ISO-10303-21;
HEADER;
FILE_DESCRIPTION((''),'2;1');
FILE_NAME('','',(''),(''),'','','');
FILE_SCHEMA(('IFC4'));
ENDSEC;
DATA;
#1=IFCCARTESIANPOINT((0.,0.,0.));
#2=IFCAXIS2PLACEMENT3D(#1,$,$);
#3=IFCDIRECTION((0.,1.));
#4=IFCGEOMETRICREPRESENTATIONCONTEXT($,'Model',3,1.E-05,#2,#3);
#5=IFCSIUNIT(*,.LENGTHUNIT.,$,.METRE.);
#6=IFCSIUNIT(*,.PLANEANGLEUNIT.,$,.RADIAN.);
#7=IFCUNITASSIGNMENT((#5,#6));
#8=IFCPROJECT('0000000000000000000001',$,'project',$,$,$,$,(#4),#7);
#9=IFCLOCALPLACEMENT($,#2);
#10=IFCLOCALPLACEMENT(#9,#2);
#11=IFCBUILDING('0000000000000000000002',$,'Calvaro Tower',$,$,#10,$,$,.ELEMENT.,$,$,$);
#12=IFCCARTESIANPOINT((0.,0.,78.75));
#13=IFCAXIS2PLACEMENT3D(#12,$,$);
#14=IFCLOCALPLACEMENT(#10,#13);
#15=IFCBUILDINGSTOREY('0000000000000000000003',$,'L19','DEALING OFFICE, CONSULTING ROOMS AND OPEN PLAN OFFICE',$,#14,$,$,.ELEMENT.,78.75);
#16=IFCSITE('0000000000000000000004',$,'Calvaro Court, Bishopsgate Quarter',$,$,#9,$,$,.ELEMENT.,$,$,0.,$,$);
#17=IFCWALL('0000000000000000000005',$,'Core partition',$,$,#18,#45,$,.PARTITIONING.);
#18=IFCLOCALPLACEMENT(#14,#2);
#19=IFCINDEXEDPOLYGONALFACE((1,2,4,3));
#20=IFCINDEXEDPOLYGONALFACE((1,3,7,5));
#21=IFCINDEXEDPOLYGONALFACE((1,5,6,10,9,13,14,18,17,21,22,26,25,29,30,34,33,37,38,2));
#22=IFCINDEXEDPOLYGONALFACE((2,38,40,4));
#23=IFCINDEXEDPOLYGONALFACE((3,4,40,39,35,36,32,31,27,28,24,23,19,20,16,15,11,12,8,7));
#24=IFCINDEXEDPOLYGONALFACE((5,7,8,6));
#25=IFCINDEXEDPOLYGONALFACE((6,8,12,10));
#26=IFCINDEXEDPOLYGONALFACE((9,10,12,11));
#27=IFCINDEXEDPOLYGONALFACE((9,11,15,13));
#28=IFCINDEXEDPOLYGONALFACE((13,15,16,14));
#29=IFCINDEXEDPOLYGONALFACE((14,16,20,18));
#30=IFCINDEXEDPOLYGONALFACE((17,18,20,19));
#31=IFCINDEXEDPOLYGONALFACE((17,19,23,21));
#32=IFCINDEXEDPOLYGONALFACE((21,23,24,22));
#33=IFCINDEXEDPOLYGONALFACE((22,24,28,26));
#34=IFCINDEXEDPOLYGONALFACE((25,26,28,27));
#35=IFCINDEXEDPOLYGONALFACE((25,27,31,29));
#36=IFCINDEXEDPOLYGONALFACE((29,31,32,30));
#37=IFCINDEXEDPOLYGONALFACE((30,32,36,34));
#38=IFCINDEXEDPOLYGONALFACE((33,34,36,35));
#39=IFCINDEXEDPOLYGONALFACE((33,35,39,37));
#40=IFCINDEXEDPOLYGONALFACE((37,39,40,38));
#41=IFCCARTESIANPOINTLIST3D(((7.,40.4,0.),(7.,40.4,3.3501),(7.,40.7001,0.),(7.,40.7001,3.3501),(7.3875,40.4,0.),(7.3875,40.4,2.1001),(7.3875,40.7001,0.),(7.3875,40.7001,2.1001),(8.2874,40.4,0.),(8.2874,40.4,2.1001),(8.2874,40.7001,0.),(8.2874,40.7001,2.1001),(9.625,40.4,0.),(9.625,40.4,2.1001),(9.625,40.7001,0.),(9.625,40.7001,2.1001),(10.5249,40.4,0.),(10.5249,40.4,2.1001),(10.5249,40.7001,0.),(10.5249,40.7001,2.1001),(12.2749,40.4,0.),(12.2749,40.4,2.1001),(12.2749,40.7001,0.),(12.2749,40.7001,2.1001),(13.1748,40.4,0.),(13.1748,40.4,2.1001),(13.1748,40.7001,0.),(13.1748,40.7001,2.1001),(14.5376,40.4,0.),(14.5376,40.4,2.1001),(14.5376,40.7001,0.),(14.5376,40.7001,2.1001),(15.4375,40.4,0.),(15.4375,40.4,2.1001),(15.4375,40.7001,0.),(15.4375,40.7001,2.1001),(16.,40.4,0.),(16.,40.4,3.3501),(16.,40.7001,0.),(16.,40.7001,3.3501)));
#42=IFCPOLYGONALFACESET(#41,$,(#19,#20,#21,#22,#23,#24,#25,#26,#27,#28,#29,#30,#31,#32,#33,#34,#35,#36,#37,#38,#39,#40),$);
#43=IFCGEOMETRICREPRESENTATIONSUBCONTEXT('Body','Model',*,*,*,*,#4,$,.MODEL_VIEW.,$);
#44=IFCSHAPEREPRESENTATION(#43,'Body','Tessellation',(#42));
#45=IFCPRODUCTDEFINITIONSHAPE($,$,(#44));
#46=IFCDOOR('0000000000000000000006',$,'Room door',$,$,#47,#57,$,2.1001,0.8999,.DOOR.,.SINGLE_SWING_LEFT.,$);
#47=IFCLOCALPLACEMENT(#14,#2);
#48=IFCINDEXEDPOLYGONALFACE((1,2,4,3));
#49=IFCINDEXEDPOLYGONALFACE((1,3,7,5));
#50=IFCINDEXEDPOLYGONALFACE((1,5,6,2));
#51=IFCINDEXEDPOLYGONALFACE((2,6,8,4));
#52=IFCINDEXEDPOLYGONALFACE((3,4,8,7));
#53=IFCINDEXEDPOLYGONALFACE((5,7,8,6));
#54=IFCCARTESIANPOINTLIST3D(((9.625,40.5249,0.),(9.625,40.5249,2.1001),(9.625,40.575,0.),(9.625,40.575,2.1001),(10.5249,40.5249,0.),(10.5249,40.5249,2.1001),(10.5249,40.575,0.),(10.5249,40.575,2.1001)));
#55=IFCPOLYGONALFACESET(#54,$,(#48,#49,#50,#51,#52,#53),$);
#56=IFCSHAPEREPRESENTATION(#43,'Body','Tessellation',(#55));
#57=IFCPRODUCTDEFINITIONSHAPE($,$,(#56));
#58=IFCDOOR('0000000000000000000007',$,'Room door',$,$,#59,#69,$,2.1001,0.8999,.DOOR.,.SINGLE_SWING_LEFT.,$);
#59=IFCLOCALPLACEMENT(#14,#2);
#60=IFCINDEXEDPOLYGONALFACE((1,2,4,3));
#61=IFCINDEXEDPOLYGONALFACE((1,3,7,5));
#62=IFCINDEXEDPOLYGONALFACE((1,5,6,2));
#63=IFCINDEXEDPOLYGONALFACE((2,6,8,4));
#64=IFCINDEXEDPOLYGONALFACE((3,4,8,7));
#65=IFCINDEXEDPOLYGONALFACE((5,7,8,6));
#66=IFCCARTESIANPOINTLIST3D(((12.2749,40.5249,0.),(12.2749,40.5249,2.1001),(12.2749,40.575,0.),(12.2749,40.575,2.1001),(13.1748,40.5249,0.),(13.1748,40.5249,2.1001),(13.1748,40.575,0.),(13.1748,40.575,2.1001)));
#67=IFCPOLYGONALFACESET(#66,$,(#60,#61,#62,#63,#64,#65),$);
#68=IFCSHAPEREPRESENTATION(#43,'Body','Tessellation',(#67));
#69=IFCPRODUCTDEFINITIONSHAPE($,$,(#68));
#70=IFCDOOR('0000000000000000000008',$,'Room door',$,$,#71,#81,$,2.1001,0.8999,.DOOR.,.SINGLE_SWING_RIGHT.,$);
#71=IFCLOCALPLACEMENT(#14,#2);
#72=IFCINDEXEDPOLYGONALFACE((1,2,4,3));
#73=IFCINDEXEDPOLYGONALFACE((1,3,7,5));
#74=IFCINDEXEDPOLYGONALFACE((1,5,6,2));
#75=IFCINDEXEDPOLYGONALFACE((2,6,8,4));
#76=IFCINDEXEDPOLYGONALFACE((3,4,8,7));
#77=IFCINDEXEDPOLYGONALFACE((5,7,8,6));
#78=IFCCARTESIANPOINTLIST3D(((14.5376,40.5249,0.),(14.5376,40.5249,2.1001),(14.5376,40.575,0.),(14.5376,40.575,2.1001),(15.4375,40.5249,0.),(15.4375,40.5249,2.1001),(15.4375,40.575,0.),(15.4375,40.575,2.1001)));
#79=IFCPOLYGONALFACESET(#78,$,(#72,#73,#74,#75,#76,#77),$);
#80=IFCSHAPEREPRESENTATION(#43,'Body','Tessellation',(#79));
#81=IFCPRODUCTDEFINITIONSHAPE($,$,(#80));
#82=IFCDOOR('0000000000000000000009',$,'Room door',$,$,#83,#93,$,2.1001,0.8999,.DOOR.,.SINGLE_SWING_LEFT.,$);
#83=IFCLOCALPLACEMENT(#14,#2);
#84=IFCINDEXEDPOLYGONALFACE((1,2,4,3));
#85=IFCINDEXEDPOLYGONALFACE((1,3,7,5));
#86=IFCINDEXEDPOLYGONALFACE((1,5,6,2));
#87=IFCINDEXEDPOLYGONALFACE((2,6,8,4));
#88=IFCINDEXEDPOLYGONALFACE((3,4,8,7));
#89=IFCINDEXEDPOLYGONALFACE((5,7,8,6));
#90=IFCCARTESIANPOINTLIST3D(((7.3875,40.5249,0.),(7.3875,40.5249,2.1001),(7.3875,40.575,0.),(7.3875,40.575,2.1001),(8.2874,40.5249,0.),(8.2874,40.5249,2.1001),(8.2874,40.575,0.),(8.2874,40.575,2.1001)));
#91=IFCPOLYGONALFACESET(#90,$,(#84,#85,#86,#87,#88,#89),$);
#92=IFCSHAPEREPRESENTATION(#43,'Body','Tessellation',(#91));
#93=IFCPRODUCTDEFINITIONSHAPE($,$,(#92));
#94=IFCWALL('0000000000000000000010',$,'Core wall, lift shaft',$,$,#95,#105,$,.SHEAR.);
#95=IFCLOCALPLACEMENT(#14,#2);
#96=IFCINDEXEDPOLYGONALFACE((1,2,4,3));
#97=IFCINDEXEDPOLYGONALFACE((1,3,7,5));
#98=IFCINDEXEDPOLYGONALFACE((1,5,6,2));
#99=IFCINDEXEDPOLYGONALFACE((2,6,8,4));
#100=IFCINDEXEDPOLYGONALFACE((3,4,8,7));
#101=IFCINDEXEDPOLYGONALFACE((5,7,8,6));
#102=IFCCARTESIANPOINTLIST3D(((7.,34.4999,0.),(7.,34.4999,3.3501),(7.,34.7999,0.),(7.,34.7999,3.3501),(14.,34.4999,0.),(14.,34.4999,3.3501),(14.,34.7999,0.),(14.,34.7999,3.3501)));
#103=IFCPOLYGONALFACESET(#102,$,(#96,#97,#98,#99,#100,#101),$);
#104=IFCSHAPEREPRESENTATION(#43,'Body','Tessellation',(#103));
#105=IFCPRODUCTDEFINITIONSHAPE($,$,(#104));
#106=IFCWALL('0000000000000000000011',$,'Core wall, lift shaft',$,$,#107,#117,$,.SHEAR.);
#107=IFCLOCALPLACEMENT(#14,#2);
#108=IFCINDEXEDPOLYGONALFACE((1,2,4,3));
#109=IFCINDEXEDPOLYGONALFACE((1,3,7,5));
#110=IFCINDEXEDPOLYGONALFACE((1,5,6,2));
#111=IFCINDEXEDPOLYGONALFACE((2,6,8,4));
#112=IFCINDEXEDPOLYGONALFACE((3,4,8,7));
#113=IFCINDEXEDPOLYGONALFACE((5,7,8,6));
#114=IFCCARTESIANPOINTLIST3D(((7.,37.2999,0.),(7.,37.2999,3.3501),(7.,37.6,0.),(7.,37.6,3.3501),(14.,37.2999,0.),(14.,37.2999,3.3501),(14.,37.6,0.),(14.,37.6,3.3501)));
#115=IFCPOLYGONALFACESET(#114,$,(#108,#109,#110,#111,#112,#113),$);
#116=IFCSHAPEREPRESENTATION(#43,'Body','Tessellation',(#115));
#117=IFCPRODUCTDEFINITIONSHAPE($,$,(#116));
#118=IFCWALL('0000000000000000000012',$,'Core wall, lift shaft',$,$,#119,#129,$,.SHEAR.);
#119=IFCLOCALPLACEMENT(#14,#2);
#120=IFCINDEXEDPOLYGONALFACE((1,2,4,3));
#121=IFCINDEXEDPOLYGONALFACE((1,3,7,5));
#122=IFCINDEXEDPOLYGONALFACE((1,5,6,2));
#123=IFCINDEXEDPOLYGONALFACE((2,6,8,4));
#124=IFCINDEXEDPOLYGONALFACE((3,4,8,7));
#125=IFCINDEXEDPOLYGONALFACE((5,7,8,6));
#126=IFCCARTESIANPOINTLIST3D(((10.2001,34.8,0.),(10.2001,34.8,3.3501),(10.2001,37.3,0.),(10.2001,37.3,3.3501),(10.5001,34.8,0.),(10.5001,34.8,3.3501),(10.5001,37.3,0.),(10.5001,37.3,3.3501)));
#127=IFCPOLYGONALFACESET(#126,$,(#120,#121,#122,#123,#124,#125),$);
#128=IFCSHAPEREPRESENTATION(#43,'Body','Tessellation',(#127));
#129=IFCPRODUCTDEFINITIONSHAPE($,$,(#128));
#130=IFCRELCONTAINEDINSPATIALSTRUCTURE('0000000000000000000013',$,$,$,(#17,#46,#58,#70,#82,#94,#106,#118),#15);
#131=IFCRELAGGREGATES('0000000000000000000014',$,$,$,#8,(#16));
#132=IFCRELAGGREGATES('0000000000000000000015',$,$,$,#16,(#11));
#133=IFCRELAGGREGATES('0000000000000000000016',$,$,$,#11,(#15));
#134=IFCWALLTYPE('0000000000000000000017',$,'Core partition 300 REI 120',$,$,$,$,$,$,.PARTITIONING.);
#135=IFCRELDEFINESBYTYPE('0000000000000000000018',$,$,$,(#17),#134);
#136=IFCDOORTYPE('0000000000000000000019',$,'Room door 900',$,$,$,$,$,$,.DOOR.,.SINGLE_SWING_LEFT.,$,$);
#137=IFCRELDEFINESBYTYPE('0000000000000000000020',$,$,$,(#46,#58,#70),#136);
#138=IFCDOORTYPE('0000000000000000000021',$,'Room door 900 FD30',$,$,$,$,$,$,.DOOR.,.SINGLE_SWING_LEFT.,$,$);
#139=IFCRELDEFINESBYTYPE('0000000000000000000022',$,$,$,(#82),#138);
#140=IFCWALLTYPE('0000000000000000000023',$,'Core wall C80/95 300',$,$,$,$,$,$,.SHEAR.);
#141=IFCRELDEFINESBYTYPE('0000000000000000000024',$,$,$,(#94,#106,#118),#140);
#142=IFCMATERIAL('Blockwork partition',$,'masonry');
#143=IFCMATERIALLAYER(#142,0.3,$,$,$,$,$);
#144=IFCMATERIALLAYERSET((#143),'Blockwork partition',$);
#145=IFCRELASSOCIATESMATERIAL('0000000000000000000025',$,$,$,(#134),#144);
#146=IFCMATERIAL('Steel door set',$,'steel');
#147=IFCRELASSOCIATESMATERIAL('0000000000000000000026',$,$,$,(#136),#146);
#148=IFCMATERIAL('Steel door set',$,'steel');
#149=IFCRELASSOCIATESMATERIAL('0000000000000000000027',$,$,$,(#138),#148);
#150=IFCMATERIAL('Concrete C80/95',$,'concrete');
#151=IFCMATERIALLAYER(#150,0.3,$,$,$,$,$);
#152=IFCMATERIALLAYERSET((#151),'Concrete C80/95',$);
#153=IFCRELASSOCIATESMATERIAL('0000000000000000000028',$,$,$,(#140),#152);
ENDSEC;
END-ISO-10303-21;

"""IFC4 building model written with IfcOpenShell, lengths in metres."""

from ifc_helpers import new_model, si_unit, direction, frame, frame_2d, origin, place, context, subcontext, project, spatial, rectangle, extrude, material, layer, layer_set, type_object, element, fill, save


model = new_model("IFC4")

# Units and contexts
model_context = context("Model", 3, precision=1e-05, world=origin(), true_north=direction((0.0, 1.0)))
body_context = subcontext(model_context, "Body", "Model", "MODEL_VIEW")
ifc_project = project(units=[si_unit("LENGTHUNIT", "METRE"), si_unit("PLANEANGLEUNIT", "RADIAN")], contexts=[model_context])

# Site, building, storey
site_placement = place(None, origin())
site = spatial("IfcSite", under=ifc_project, at=site_placement, Name="Calvaro Court, Bishopsgate Quarter", CompositionType="ELEMENT", RefElevation=0.0)
building_placement = place(site_placement, origin())
building = spatial("IfcBuilding", under=site, at=building_placement, Name="Calvaro Tower", CompositionType="ELEMENT")
storey_placement = place(building_placement, frame((0.0, 0.0, 78.75)))
storey = spatial("IfcBuildingStorey", under=building, at=storey_placement, Name="L19", Description="DEALING OFFICE, CONSULTING ROOMS AND OPEN PLAN OFFICE", CompositionType="ELEMENT", Elevation=78.75)

# Wall, openings, doors
ifc_material_1 = material(Name="Blockwork partition", Category="masonry")
ifc_layer_1 = layer(ifc_material_1, 0.3)
ifc_layer_set_1 = layer_set([ifc_layer_1], Name="Blockwork partition")
wall_type_1 = type_object("IfcWallType", Name="Core partition 300 REI 120", PredefinedType="PARTITIONING", material=ifc_layer_set_1)
wall_1_placement = place(storey_placement, frame((7.0, 40.55, 0.0), z_axis=(0.0, 0.0, 1.0), x_axis=(1.0, 0.0, 0.0)))
wall_1 = element("IfcWall", 1, at=wall_1_placement, inside=storey, type_object=wall_type_1, Name="Core partition", PredefinedType="PARTITIONING", context=body_context, shape_type="SweptSolid", body=[
    extrude(rectangle(XDim=9.0, YDim=0.3, at=frame_2d((4.5, 0.0))), origin(), (0.0, 0.0, 1.0), 3.3501),
])
opening_1_placement = place(wall_1_placement, frame((0.3875, 0.0, 0.0)))
opening_1 = element("IfcOpeningElement", 2, at=opening_1_placement, cuts=wall_1, PredefinedType="OPENING", context=body_context, shape_type="SweptSolid", body=[
    extrude(rectangle(XDim=0.8999, YDim=2.1001, at=frame_2d((0.45, 1.05))), frame((0.0, 0.1599, 0.0), z_axis=(0.0, -1.0, 0.0), x_axis=(1.0, 0.0, 0.0)), (0.0, 0.0, 1.0), 0.3201),
])
opening_2_placement = place(wall_1_placement, frame((2.625, 0.0, 0.0)))
opening_2 = element("IfcOpeningElement", 3, at=opening_2_placement, cuts=wall_1, PredefinedType="OPENING", context=body_context, shape_type="SweptSolid", body=[
    extrude(rectangle(XDim=0.8999, YDim=2.1001, at=frame_2d((0.45, 1.05))), frame((0.0, 0.1599, 0.0), z_axis=(0.0, -1.0, 0.0), x_axis=(1.0, 0.0, 0.0)), (0.0, 0.0, 1.0), 0.3201),
])
opening_3_placement = place(wall_1_placement, frame((5.2749, 0.0, 0.0)))
opening_3 = element("IfcOpeningElement", 4, at=opening_3_placement, cuts=wall_1, PredefinedType="OPENING", context=body_context, shape_type="SweptSolid", body=[
    extrude(rectangle(XDim=0.8999, YDim=2.1001, at=frame_2d((0.45, 1.05))), frame((0.0, 0.1599, 0.0), z_axis=(0.0, -1.0, 0.0), x_axis=(1.0, 0.0, 0.0)), (0.0, 0.0, 1.0), 0.3201),
])
opening_4_placement = place(wall_1_placement, frame((7.5376, 0.0, 0.0)))
opening_4 = element("IfcOpeningElement", 5, at=opening_4_placement, cuts=wall_1, PredefinedType="OPENING", context=body_context, shape_type="SweptSolid", body=[
    extrude(rectangle(XDim=0.8999, YDim=2.1001, at=frame_2d((0.45, 1.05))), frame((0.0, 0.1599, 0.0), z_axis=(0.0, -1.0, 0.0), x_axis=(1.0, 0.0, 0.0)), (0.0, 0.0, 1.0), 0.3201),
])
ifc_material_2 = material(Name="Steel door set", Category="steel")
door_type_1 = type_object("IfcDoorType", Name="Room door 900", OperationType="SINGLE_SWING_LEFT", PredefinedType="DOOR", material=ifc_material_2)
door_1_placement = place(opening_2_placement, origin())
door_1 = element("IfcDoor", 6, at=door_1_placement, inside=storey, type_object=door_type_1, Name="Room door", OperationType="SINGLE_SWING_LEFT", OverallHeight=2.1001, OverallWidth=0.8999, PredefinedType="DOOR", context=body_context, shape_type="SweptSolid", body=[
    extrude(rectangle(XDim=0.8999, YDim=2.1001, at=frame_2d((0.45, 1.05))), frame((0.0, 0.0249, 0.0), z_axis=(0.0, -1.0, 0.0), x_axis=(1.0, 0.0, 0.0)), (0.0, 0.0, 1.0), 0.05),
])
fill(opening_2, door_1)
door_2_placement = place(opening_3_placement, origin())
door_2 = element("IfcDoor", 7, at=door_2_placement, inside=storey, type_object=door_type_1, Name="Room door", OperationType="SINGLE_SWING_LEFT", OverallHeight=2.1001, OverallWidth=0.8999, PredefinedType="DOOR", context=body_context, shape_type="SweptSolid", body=[
    extrude(rectangle(XDim=0.8999, YDim=2.1001, at=frame_2d((0.45, 1.05))), frame((0.0, 0.0249, 0.0), z_axis=(0.0, -1.0, 0.0), x_axis=(1.0, 0.0, 0.0)), (0.0, 0.0, 1.0), 0.05),
])
fill(opening_3, door_2)
door_3_placement = place(opening_4_placement, origin())
door_3 = element("IfcDoor", 8, at=door_3_placement, inside=storey, type_object=door_type_1, Name="Room door", OperationType="SINGLE_SWING_RIGHT", OverallHeight=2.1001, OverallWidth=0.8999, PredefinedType="DOOR", context=body_context, shape_type="SweptSolid", body=[
    extrude(rectangle(XDim=0.8999, YDim=2.1001, at=frame_2d((0.45, 1.05))), frame((0.0, 0.0249, 0.0), z_axis=(0.0, -1.0, 0.0), x_axis=(1.0, 0.0, 0.0)), (0.0, 0.0, 1.0), 0.05),
])
fill(opening_4, door_3)
ifc_material_3 = material(Name="Steel door set", Category="steel")
door_type_2 = type_object("IfcDoorType", Name="Room door 900 FD30", OperationType="SINGLE_SWING_LEFT", PredefinedType="DOOR", material=ifc_material_3)
door_4_placement = place(opening_1_placement, origin())
door_4 = element("IfcDoor", 9, at=door_4_placement, inside=storey, type_object=door_type_2, Name="Room door", OperationType="SINGLE_SWING_LEFT", OverallHeight=2.1001, OverallWidth=0.8999, PredefinedType="DOOR", context=body_context, shape_type="SweptSolid", body=[
    extrude(rectangle(XDim=0.8999, YDim=2.1001, at=frame_2d((0.45, 1.05))), frame((0.0, 0.0249, 0.0), z_axis=(0.0, -1.0, 0.0), x_axis=(1.0, 0.0, 0.0)), (0.0, 0.0, 1.0), 0.05),
])
fill(opening_1, door_4)

# Walls
ifc_material_4 = material(Name="Concrete C80/95", Category="concrete")
ifc_layer_2 = layer(ifc_material_4, 0.3)
ifc_layer_set_2 = layer_set([ifc_layer_2], Name="Concrete C80/95")
wall_type_2 = type_object("IfcWallType", Name="Core wall C80/95 300", PredefinedType="SHEAR", material=ifc_layer_set_2)
for number, where, z_axis, x_axis, name in (
    (10, (7.0, 34.6499, 0.0), (0.0, 0.0, 1.0), (1.0, 0.0, 0.0), "Core wall, lift shaft"),
    (11, (7.0, 37.45, 0.0), (0.0, 0.0, 1.0), (1.0, 0.0, 0.0), "Core wall, lift shaft"),
):
    element("IfcWall", number, at=place(storey_placement, frame(where, z_axis=z_axis, x_axis=x_axis)), inside=storey, type_object=wall_type_2, Name=name, PredefinedType="SHEAR", context=body_context, shape_type="SweptSolid", body=[
        extrude(rectangle(XDim=7.0, YDim=0.3, at=frame_2d((3.5, 0.0))), origin(), (0.0, 0.0, 1.0), 3.3501),
    ])
wall_2_placement = place(storey_placement, frame((10.3501, 34.8, 0.0), z_axis=(0.0, 0.0, 1.0), x_axis=(0.0, 1.0, 0.0)))
element("IfcWall", 12, at=wall_2_placement, inside=storey, type_object=wall_type_2, Name="Core wall, lift shaft", PredefinedType="SHEAR", context=body_context, shape_type="SweptSolid", body=[
    extrude(rectangle(XDim=2.5, YDim=0.3, at=frame_2d((1.25, 0.0))), origin(), (0.0, 0.0, 1.0), 3.3501),
])

save(model, "model.ifc")
